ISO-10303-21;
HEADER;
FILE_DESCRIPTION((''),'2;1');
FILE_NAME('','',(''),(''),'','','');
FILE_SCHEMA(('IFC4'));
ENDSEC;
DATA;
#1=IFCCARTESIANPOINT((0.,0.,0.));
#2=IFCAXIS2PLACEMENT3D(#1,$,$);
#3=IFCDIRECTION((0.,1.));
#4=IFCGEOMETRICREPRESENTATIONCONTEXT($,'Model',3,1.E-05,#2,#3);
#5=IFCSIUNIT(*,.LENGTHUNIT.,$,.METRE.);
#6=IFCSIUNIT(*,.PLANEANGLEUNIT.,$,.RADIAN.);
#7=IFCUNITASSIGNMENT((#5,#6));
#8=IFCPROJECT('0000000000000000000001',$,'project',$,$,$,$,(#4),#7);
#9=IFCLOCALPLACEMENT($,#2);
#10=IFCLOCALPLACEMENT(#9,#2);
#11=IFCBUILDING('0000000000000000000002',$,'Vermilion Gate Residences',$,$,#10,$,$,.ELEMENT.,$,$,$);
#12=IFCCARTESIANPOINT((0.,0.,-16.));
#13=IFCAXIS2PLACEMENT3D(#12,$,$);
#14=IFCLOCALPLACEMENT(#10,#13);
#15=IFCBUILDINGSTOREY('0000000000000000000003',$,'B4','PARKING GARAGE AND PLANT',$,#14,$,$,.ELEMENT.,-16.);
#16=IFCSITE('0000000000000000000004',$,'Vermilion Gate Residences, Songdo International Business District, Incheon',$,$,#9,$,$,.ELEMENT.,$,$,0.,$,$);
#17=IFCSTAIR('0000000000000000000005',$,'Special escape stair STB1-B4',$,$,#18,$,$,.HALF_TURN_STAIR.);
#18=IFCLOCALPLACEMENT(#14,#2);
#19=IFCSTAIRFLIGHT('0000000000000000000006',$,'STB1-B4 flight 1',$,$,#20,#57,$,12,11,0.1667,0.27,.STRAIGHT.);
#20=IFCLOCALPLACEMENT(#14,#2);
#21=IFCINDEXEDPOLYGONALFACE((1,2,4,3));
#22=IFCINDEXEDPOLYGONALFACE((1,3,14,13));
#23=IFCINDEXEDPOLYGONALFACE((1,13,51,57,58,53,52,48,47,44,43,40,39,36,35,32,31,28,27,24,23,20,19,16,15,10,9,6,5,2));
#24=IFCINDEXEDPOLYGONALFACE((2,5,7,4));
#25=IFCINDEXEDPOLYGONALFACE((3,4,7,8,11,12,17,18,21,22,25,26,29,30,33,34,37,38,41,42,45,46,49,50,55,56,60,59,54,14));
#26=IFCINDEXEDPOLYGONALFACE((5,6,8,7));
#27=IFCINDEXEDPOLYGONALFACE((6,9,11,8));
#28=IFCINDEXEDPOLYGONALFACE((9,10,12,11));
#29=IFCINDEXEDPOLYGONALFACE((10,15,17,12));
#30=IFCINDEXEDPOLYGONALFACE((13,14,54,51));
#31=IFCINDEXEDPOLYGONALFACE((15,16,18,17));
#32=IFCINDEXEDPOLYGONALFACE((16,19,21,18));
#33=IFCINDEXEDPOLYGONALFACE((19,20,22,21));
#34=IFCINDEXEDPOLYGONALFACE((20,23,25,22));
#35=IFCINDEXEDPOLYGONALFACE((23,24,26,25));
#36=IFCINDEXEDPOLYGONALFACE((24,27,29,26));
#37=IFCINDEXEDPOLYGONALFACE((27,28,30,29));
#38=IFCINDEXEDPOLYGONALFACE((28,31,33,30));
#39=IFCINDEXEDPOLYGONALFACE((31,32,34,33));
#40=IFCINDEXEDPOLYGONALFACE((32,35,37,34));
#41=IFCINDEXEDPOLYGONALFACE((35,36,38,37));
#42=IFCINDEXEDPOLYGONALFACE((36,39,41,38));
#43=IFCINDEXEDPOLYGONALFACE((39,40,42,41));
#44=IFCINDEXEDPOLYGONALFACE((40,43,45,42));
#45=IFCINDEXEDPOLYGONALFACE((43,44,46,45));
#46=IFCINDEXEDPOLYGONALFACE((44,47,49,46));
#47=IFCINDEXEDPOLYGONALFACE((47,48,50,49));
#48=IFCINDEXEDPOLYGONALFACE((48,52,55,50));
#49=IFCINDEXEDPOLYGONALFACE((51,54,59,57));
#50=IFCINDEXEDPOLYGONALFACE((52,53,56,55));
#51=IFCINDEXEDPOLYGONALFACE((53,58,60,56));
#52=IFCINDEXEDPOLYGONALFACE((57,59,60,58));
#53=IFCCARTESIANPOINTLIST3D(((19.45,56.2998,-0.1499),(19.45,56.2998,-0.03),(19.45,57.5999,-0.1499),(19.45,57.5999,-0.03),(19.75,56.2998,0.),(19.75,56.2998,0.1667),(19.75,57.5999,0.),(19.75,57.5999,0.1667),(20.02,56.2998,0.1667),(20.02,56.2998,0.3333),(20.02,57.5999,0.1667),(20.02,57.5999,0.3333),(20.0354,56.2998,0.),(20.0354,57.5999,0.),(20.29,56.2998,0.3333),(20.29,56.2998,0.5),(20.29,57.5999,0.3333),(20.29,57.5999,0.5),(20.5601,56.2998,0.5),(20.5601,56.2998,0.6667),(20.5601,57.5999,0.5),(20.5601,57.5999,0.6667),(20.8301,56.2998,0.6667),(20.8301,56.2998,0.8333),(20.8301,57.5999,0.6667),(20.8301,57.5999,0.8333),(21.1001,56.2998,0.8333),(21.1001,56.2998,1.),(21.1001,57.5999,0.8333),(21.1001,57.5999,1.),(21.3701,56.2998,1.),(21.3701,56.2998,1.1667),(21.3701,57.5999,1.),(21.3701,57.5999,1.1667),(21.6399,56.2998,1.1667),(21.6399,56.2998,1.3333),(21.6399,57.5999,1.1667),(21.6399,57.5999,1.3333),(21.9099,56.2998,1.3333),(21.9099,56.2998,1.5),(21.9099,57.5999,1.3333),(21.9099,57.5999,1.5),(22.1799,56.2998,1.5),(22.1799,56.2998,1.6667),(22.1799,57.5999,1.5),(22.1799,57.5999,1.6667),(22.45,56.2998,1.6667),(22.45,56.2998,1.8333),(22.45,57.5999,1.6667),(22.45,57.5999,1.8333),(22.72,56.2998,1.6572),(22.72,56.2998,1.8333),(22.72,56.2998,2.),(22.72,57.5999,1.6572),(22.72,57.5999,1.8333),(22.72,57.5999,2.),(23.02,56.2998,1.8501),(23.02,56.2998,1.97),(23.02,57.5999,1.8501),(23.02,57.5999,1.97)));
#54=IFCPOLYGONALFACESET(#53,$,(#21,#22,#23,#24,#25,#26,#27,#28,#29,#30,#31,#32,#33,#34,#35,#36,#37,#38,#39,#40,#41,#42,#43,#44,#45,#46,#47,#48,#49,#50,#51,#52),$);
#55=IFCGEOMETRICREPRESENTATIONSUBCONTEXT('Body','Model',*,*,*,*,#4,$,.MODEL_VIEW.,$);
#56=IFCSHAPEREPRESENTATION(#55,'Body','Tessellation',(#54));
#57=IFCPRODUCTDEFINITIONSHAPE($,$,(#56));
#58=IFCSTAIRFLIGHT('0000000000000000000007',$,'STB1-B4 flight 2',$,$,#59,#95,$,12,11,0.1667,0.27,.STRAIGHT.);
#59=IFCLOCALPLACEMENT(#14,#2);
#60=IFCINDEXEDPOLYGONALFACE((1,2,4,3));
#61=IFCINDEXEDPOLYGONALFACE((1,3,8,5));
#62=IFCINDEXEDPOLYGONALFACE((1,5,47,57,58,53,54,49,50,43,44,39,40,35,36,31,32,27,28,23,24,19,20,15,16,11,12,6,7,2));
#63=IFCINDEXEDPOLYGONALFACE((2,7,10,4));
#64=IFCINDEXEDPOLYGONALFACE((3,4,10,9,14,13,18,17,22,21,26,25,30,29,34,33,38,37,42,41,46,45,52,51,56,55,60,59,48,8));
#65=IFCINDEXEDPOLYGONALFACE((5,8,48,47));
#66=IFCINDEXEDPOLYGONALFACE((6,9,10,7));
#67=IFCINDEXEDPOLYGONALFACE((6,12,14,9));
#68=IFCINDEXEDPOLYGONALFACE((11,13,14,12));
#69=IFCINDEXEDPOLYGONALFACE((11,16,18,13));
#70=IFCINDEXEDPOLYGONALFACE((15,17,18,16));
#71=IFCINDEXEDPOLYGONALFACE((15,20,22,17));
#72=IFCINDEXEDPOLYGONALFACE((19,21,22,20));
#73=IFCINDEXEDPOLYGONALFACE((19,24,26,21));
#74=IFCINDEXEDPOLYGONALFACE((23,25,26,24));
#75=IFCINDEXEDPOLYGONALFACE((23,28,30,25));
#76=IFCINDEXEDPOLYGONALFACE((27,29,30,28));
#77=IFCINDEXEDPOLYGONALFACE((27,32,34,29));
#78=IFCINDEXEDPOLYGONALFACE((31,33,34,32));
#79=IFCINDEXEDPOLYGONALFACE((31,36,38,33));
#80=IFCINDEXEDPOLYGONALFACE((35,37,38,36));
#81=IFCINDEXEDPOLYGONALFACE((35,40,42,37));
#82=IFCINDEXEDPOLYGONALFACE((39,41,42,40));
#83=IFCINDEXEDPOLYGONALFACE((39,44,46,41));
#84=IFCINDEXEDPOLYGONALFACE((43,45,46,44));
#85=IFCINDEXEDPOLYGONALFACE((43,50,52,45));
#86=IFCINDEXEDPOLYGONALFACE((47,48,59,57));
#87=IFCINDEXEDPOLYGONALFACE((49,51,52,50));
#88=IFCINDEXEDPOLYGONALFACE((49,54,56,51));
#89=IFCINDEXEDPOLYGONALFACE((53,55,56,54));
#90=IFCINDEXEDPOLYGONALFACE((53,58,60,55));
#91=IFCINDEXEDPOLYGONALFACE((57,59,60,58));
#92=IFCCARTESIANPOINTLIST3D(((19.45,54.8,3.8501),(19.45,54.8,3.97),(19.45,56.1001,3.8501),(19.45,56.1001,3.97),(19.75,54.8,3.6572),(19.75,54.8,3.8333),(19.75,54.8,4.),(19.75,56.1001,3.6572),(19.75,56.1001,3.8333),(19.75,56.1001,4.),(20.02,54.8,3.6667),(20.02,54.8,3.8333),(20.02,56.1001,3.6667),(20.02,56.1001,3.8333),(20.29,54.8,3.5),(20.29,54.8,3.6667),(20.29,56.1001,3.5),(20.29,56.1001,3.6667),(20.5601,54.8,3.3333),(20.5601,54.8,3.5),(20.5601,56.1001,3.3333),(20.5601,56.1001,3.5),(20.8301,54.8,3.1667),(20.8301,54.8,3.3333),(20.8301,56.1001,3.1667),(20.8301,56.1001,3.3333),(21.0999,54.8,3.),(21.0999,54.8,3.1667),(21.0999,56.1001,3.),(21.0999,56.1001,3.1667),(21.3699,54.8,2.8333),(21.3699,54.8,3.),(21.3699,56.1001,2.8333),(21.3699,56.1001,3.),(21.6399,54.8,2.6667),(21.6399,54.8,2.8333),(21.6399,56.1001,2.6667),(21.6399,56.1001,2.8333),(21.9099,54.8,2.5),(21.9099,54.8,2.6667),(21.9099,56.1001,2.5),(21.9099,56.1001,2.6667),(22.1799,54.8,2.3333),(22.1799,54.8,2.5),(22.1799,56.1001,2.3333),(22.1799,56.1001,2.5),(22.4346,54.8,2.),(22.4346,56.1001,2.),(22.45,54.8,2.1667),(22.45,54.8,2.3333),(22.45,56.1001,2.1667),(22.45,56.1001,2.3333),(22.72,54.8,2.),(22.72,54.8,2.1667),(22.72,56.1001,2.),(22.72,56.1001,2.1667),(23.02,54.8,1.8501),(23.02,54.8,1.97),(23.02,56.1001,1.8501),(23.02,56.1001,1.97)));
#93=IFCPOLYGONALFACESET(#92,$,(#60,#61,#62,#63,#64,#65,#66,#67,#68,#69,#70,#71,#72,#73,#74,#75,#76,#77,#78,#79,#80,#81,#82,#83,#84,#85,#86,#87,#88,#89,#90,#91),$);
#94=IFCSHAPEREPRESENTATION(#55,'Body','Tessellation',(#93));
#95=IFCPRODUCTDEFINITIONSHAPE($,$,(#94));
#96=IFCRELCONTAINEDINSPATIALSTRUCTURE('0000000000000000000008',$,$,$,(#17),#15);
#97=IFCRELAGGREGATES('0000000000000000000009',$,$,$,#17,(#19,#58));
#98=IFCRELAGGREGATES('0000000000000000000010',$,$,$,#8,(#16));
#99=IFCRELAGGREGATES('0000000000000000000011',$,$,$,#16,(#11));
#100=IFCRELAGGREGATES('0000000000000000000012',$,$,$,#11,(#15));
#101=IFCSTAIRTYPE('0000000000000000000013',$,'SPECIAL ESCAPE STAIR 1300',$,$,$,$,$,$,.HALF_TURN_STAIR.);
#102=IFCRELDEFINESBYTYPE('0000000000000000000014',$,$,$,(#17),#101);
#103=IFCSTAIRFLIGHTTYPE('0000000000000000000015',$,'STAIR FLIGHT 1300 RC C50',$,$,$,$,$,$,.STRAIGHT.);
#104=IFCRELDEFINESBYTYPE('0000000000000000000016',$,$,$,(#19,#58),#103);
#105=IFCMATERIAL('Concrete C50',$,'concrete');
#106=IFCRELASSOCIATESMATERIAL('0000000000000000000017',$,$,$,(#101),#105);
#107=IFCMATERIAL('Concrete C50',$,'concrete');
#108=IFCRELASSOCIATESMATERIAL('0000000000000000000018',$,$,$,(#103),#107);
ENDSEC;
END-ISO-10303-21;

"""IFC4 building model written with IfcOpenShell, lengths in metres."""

from ifc_helpers import new_model, si_unit, direction, frame, origin, place, context, subcontext, project, spatial, polyline, outline, extrude, material, type_object, element, aggregate, save


model = new_model("IFC4")

# Units and contexts
model_context = context("Model", 3, precision=1e-05, world=origin(), true_north=direction((0.0, 1.0)))
body_context = subcontext(model_context, "Body", "Model", "MODEL_VIEW")
ifc_project = project(units=[si_unit("LENGTHUNIT", "METRE"), si_unit("PLANEANGLEUNIT", "RADIAN")], contexts=[model_context])

# Site, building, storey
site_placement = place(None, origin())
site = spatial("IfcSite", under=ifc_project, at=site_placement, Name="Vermilion Gate Residences, Songdo International Business District, Incheon", CompositionType="ELEMENT", RefElevation=0.0)
building_placement = place(site_placement, origin())
building = spatial("IfcBuilding", under=site, at=building_placement, Name="Vermilion Gate Residences", CompositionType="ELEMENT")
storey_placement = place(building_placement, frame((0.0, 0.0, -16.0)))
storey = spatial("IfcBuildingStorey", under=building, at=storey_placement, Name="B4", Description="PARKING GARAGE AND PLANT", CompositionType="ELEMENT", Elevation=-16.0)

# Stair, stair flights
ifc_material_1 = material(Name="Concrete C50", Category="concrete")
stair_type = type_object("IfcStairType", Name="SPECIAL ESCAPE STAIR 1300", PredefinedType="HALF_TURN_STAIR", material=ifc_material_1)
stair_placement = place(storey_placement, origin())
stair = element("IfcStair", 1, at=stair_placement, inside=storey, type_object=stair_type, Name="Special escape stair STB1-B4", PredefinedType="HALF_TURN_STAIR")
ifc_material_2 = material(Name="Concrete C50", Category="concrete")
stair_flight_type = type_object("IfcStairFlightType", Name="STAIR FLIGHT 1300 RC C50", PredefinedType="STRAIGHT", material=ifc_material_2)
stair_flight_1_placement = place(storey_placement, frame((19.75, 56.95, 0.0), z_axis=(0.0, 0.0, 1.0), x_axis=(1.0, 0.0, 0.0)))
stair_flight_1 = element("IfcStairFlight", 2, at=stair_flight_1_placement, type_object=stair_flight_type, Name="STB1-B4 flight 1", NumberOfRisers=12, NumberOfTreads=11, PredefinedType="STRAIGHT", RiserHeight=0.1667, TreadLength=0.27, context=body_context, shape_type="SweptSolid", body=[
    extrude(outline(polyline([(-0.3, -0.1499), (-0.3, -0.03), (0.0, 0.0), (0.0, 0.1667), (0.27, 0.1667), (0.27, 0.3333), (0.54, 0.3333), (0.54, 0.5), (0.8101, 0.5), (0.8101, 0.6667), (1.0801, 0.6667), (1.0801, 0.8333), (1.3501, 0.8333), (1.3501, 1.0), (1.6201, 1.0), (1.6201, 1.1667), (1.8899, 1.1667), (1.8899, 1.3333), (2.1599, 1.3333), (2.1599, 1.5), (2.4299, 1.5), (2.4299, 1.6667), (2.7, 1.6667), (2.7, 1.8333), (2.97, 1.8333), (2.97, 2.0), (3.27, 1.97), (3.27, 1.8501), (2.97, 1.6572), (0.2854, 0.0), (-0.3, -0.1499)])), frame((0.0, 0.6499, 0.0), z_axis=(0.0, -1.0, 0.0), x_axis=(1.0, 0.0, 0.0)), (0.0, 0.0, 1.0), 1.3),
])
stair_flight_2_placement = place(storey_placement, frame((22.72, 55.45, 2.0), z_axis=(0.0, 0.0, 1.0), x_axis=(-1.0, 0.0, 0.0)))
stair_flight_2 = element("IfcStairFlight", 3, at=stair_flight_2_placement, type_object=stair_flight_type, Name="STB1-B4 flight 2", NumberOfRisers=12, NumberOfTreads=11, PredefinedType="STRAIGHT", RiserHeight=0.1667, TreadLength=0.27, context=body_context, shape_type="SweptSolid", body=[
    extrude(outline(polyline([(-0.3, -0.1499), (-0.3, -0.03), (0.0, 0.0), (0.0, 0.1667), (0.27, 0.1667), (0.27, 0.3333), (0.54, 0.3333), (0.54, 0.5), (0.8101, 0.5), (0.8101, 0.6667), (1.0801, 0.6667), (1.0801, 0.8333), (1.3501, 0.8333), (1.3501, 1.0), (1.6201, 1.0), (1.6201, 1.1667), (1.8899, 1.1667), (1.8899, 1.3333), (2.1599, 1.3333), (2.1599, 1.5), (2.4299, 1.5), (2.4299, 1.6667), (2.7, 1.6667), (2.7, 1.8333), (2.97, 1.8333), (2.97, 2.0), (3.27, 1.97), (3.27, 1.8501), (2.97, 1.6572), (0.2854, 0.0), (-0.3, -0.1499)])), frame((0.0, 0.6499, 0.0), z_axis=(0.0, -1.0, 0.0), x_axis=(1.0, 0.0, 0.0)), (0.0, 0.0, 1.0), 1.3),
])
aggregate(stair, [stair_flight_1, stair_flight_2])

save(model, "model.ifc")
